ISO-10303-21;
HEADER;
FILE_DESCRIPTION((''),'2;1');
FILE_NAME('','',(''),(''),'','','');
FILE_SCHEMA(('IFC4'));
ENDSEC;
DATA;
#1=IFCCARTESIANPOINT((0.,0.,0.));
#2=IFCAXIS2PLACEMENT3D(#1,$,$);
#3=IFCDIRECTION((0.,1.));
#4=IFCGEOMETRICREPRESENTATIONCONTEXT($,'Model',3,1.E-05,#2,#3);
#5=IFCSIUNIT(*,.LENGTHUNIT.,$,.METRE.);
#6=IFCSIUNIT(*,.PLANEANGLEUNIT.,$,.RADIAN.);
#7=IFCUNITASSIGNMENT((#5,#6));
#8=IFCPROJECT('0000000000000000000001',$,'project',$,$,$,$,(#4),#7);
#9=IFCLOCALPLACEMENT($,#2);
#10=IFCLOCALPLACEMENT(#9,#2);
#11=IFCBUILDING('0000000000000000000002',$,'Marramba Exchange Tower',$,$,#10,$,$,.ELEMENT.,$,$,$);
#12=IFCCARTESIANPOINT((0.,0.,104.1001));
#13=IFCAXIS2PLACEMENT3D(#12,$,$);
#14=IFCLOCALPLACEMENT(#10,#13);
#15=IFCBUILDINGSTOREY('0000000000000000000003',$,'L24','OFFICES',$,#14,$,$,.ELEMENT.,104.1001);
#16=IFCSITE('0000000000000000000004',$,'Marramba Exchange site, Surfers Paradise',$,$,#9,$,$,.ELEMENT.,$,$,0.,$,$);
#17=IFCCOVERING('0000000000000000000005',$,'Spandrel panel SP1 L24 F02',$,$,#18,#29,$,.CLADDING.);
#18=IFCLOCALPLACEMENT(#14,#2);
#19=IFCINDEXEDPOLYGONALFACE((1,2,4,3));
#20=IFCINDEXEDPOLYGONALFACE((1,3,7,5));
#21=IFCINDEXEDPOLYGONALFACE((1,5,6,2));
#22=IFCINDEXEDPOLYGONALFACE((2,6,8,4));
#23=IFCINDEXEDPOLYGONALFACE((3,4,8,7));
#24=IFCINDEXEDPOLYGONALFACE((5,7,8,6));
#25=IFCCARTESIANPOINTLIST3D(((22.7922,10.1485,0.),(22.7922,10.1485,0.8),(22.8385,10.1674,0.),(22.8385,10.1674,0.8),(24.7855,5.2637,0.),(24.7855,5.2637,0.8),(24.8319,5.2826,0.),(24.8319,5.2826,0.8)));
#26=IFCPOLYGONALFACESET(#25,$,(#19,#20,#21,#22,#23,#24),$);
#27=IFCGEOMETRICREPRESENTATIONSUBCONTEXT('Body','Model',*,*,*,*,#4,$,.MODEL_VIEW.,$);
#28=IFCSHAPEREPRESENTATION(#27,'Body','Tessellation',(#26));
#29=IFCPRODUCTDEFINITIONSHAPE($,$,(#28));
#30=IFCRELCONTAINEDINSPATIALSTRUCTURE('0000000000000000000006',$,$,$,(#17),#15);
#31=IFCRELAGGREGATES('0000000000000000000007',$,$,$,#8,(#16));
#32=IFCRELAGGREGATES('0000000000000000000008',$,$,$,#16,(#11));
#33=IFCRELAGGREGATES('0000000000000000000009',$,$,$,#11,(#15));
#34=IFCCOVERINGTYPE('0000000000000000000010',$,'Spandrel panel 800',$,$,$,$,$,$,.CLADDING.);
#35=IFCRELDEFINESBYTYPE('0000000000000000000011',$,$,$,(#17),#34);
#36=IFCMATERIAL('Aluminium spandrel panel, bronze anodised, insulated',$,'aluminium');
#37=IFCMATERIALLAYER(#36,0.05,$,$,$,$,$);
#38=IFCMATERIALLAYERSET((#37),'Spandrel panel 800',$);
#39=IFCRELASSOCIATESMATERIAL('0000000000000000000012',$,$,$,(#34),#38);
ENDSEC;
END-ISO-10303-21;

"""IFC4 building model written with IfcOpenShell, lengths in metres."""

from ifc_helpers import new_model, si_unit, direction, frame, origin, origin_2d, place, context, subcontext, project, spatial, rectangle, extrude, material, layer, layer_set, type_object, element, save


model = new_model("IFC4")

# Units and contexts
model_context = context("Model", 3, precision=1e-05, world=origin(), true_north=direction((0.0, 1.0)))
body_context = subcontext(model_context, "Body", "Model", "MODEL_VIEW")
ifc_project = project(units=[si_unit("LENGTHUNIT", "METRE"), si_unit("PLANEANGLEUNIT", "RADIAN")], contexts=[model_context])

# Site, building, storey
site_placement = place(None, origin())
site = spatial("IfcSite", under=ifc_project, at=site_placement, Name="Marramba Exchange site, Surfers Paradise", CompositionType="ELEMENT", RefElevation=0.0)
building_placement = place(site_placement, origin())
building = spatial("IfcBuilding", under=site, at=building_placement, Name="Marramba Exchange Tower", CompositionType="ELEMENT")
storey_placement = place(building_placement, frame((0.0, 0.0, 104.1001)))
storey = spatial("IfcBuildingStorey", under=building, at=storey_placement, Name="L24", Description="OFFICES", CompositionType="ELEMENT", Elevation=104.1001)

# Covering
ifc_material_1 = material(Name="Aluminium spandrel panel, bronze anodised, insulated", Category="aluminium")
ifc_layer_1 = layer(ifc_material_1, 0.05)
ifc_layer_set_1 = layer_set([ifc_layer_1], Name="Spandrel panel 800")
covering_type = type_object("IfcCoveringType", Name="Spandrel panel 800", PredefinedType="CLADDING", material=ifc_layer_set_1)
covering_1_placement = place(storey_placement, frame((23.812, 7.7156, 0.0), z_axis=(0.0, 0.0, 1.0), x_axis=(-0.377821, 0.925879, 0.0)))
element("IfcCovering", 1, at=covering_1_placement, inside=storey, type_object=covering_type, Name="Spandrel panel SP1 L24 F02", PredefinedType="CLADDING", context=body_context, shape_type="SweptSolid", body=[
    extrude(rectangle(XDim=5.2759, YDim=0.05, at=origin_2d()), origin(), (0.0, 0.0, 1.0), 0.8),
])

save(model, "model.ifc")
